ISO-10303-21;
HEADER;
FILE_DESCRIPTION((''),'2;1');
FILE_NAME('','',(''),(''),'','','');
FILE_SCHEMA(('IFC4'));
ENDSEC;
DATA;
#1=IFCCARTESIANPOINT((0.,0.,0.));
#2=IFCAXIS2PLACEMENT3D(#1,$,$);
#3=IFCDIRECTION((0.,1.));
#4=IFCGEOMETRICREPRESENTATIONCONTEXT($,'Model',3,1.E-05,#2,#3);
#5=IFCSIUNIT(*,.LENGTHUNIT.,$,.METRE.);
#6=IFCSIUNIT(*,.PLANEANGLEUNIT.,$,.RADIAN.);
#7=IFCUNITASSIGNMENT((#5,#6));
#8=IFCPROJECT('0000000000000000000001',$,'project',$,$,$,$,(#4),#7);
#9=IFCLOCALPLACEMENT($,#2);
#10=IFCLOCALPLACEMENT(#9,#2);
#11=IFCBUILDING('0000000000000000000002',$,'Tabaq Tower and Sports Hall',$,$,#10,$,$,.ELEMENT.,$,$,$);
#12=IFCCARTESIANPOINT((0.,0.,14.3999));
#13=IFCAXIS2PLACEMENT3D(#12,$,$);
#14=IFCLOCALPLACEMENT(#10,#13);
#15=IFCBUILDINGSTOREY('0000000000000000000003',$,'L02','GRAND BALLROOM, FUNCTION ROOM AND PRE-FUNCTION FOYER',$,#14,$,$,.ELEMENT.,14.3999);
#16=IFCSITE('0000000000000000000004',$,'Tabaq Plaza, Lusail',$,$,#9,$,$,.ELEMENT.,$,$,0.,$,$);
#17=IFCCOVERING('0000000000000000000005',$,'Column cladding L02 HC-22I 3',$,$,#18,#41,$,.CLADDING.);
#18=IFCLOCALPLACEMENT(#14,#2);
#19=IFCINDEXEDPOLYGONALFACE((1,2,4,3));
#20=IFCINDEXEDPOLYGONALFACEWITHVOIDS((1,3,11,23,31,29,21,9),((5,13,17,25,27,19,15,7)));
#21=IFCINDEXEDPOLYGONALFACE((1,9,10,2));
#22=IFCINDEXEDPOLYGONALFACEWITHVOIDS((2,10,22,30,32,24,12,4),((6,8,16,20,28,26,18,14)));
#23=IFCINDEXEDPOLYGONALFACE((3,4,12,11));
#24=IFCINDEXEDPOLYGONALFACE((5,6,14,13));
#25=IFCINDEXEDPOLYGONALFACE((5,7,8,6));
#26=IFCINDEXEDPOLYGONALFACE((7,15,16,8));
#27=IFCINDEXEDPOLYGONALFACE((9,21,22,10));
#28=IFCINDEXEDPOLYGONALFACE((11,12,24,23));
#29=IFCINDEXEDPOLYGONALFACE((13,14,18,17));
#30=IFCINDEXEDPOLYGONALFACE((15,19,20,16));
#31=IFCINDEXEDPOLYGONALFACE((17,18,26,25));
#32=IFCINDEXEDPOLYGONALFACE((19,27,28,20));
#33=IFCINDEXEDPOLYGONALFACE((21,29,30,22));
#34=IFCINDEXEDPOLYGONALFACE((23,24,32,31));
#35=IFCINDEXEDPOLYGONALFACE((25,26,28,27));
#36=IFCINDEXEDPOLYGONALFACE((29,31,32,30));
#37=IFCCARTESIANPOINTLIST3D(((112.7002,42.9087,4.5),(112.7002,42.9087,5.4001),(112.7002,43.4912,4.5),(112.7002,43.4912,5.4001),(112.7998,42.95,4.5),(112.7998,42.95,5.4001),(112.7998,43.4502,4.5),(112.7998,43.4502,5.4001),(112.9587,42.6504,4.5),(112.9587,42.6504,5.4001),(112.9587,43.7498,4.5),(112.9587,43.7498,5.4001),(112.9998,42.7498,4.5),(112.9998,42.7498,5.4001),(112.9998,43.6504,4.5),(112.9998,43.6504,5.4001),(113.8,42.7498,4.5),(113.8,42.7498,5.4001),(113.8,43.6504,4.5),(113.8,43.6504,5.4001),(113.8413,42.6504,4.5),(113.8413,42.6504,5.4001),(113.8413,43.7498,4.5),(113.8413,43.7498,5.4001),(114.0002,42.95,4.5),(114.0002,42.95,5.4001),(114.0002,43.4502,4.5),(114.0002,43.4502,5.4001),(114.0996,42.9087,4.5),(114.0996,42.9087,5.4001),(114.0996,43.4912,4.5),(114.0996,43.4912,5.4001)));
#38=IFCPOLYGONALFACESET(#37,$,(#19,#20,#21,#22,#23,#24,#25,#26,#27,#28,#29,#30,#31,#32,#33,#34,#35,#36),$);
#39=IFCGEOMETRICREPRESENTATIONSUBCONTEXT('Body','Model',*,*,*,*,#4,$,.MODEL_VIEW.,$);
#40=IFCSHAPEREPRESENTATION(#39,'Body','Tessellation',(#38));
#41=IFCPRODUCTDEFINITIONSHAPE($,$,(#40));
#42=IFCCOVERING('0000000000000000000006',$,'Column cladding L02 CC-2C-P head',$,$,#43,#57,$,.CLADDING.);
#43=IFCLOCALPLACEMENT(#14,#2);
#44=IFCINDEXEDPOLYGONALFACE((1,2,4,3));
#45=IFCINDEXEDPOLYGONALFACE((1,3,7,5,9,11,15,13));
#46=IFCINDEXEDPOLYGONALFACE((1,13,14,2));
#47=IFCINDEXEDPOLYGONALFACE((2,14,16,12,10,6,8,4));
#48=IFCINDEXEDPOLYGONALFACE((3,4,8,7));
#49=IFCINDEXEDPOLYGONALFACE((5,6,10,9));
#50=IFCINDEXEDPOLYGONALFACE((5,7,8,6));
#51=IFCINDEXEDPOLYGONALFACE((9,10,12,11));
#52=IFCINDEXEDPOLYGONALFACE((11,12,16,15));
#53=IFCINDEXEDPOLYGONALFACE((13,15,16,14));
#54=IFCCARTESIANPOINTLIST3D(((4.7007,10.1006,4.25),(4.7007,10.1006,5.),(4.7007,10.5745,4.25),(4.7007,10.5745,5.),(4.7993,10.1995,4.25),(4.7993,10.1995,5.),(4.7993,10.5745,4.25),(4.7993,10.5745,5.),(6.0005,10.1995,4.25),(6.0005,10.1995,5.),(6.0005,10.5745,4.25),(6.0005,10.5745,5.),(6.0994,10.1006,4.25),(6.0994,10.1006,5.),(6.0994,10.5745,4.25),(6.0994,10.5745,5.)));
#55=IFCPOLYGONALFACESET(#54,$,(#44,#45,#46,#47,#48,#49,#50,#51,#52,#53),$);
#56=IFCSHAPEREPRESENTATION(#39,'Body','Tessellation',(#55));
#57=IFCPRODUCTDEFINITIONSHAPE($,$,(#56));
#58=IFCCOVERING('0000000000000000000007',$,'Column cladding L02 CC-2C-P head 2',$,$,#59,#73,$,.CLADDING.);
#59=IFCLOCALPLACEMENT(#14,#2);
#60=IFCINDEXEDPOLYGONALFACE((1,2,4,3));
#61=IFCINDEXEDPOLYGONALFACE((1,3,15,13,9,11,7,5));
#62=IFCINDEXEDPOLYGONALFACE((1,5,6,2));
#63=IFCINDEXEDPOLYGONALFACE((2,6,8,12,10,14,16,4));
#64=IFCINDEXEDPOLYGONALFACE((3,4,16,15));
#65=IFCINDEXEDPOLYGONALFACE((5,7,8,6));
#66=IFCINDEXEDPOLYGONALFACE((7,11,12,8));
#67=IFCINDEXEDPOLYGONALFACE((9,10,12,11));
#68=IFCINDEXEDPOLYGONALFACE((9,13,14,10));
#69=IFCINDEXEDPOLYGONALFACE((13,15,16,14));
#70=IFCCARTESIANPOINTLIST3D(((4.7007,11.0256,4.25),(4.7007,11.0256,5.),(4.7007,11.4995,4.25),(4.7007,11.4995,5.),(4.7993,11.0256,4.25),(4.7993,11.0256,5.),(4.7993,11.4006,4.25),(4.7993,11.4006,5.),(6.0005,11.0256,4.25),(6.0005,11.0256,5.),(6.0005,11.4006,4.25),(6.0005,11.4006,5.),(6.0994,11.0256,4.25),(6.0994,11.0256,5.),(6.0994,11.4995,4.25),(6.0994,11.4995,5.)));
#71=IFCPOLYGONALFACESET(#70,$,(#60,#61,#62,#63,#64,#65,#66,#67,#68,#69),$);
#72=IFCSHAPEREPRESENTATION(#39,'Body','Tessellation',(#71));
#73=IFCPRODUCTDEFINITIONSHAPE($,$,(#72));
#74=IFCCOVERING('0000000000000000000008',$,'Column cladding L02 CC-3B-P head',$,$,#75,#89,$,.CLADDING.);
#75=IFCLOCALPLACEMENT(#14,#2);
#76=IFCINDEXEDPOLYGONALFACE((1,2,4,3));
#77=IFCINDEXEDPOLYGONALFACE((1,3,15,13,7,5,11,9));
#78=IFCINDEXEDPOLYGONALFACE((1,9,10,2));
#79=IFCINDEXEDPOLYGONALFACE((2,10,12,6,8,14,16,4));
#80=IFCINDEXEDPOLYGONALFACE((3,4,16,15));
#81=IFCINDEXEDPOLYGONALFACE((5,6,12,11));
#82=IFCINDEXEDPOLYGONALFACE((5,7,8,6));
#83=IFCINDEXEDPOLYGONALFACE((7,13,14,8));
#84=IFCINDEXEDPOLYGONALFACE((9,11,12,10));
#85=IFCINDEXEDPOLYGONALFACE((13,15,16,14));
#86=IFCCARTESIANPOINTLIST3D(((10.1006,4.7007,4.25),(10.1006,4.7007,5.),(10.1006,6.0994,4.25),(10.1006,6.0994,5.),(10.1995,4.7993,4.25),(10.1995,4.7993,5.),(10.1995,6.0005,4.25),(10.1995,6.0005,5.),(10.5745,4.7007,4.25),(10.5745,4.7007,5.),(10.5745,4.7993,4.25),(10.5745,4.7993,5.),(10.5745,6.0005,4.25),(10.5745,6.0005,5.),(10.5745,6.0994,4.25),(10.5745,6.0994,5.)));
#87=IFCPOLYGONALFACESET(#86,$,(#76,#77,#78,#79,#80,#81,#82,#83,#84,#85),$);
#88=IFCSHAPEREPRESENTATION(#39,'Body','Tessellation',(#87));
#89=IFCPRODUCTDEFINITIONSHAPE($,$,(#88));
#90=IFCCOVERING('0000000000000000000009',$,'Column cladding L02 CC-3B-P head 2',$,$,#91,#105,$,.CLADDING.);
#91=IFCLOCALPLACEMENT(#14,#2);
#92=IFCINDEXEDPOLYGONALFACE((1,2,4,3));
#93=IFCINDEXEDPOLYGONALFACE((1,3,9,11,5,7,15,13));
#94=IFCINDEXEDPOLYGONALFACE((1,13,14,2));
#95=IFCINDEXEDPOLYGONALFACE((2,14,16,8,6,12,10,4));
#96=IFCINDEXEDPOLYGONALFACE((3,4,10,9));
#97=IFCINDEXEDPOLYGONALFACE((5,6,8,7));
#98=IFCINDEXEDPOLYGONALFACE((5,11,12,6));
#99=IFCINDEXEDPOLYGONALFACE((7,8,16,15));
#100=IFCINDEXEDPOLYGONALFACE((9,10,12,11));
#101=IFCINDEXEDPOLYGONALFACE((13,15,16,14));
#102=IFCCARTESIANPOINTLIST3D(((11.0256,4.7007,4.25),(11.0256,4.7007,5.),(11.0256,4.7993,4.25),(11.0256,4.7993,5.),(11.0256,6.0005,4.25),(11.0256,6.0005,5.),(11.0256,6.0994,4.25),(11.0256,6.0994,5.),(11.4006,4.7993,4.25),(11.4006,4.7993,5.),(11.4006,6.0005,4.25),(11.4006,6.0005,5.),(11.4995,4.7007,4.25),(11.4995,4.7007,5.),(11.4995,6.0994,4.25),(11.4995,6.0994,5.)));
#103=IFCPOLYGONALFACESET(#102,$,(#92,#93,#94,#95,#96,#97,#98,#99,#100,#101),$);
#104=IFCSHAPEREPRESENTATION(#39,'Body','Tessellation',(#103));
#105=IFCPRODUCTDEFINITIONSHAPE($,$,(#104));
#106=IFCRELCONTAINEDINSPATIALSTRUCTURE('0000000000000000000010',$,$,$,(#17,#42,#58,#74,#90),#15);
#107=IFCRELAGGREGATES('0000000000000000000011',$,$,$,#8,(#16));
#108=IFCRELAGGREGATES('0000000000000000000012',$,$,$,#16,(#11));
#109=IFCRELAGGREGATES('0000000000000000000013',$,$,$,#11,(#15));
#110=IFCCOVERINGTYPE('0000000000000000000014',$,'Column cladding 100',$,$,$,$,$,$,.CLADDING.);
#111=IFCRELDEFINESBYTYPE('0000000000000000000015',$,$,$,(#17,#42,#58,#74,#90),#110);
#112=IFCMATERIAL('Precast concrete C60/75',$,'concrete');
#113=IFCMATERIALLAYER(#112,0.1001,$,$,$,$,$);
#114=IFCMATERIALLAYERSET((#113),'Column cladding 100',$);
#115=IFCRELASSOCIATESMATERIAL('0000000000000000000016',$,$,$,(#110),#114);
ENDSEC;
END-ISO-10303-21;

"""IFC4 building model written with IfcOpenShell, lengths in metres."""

from ifc_helpers import new_model, si_unit, direction, frame, origin, place, context, subcontext, project, spatial, polyline, outline, extrude, material, layer, layer_set, type_object, element, save


model = new_model("IFC4")

# Units and contexts
model_context = context("Model", 3, precision=1e-05, world=origin(), true_north=direction((0.0, 1.0)))
body_context = subcontext(model_context, "Body", "Model", "MODEL_VIEW")
ifc_project = project(units=[si_unit("LENGTHUNIT", "METRE"), si_unit("PLANEANGLEUNIT", "RADIAN")], contexts=[model_context])

# Site, building, storey
site_placement = place(None, origin())
site = spatial("IfcSite", under=ifc_project, at=site_placement, Name="Tabaq Plaza, Lusail", CompositionType="ELEMENT", RefElevation=0.0)
building_placement = place(site_placement, origin())
building = spatial("IfcBuilding", under=site, at=building_placement, Name="Tabaq Tower and Sports Hall", CompositionType="ELEMENT")
storey_placement = place(building_placement, frame((0.0, 0.0, 14.3999)))
storey = spatial("IfcBuildingStorey", under=building, at=storey_placement, Name="L02", Description="GRAND BALLROOM, FUNCTION ROOM AND PRE-FUNCTION FOYER", CompositionType="ELEMENT", Elevation=14.3999)

# Coverings
ifc_material_1 = material(Name="Precast concrete C60/75", Category="concrete")
ifc_layer_1 = layer(ifc_material_1, 0.1001)
ifc_layer_set_1 = layer_set([ifc_layer_1], Name="Column cladding 100")
covering_type = type_object("IfcCoveringType", Name="Column cladding 100", PredefinedType="CLADDING", material=ifc_layer_set_1)
covering_1_placement = place(storey_placement, frame((0.0, 0.0, 4.5)))
element("IfcCovering", 1, at=covering_1_placement, inside=storey, type_object=covering_type, Name="Column cladding L02 HC-22I 3", PredefinedType="CLADDING", context=body_context, shape_type="SweptSolid", body=[
    extrude(outline(polyline([(112.7002, 42.9087), (112.7002, 43.4912), (112.9587, 43.7498), (113.8413, 43.7498), (114.0996, 43.4912), (114.0996, 42.9087), (113.8413, 42.6504), (112.9587, 42.6504), (112.7002, 42.9087)]), holes=[polyline([(113.8, 42.7498), (114.0002, 42.95), (114.0002, 43.4502), (113.8, 43.6504), (112.9998, 43.6504), (112.7998, 43.4502), (112.7998, 42.95), (112.9998, 42.7498), (113.8, 42.7498)])]), origin(), (0.0, 0.0, 1.0), 0.9001),
])
covering_2_placement = place(storey_placement, frame((0.0, 0.0, 4.25)))
element("IfcCovering", 2, at=covering_2_placement, inside=storey, type_object=covering_type, Name="Column cladding L02 CC-2C-P head", PredefinedType="CLADDING", context=body_context, shape_type="SweptSolid", body=[
    extrude(outline(polyline([(4.7993, 10.5745), (4.7993, 10.1995), (6.0005, 10.1995), (6.0005, 10.5745), (6.0994, 10.5745), (6.0994, 10.1006), (4.7007, 10.1006), (4.7007, 10.5745), (4.7993, 10.5745)])), origin(), (0.0, 0.0, 1.0), 0.75),
])
covering_3_placement = place(storey_placement, frame((0.0, 0.0, 4.25)))
element("IfcCovering", 3, at=covering_3_placement, inside=storey, type_object=covering_type, Name="Column cladding L02 CC-2C-P head 2", PredefinedType="CLADDING", context=body_context, shape_type="SweptSolid", body=[
    extrude(outline(polyline([(4.7993, 11.0256), (4.7007, 11.0256), (4.7007, 11.4995), (6.0994, 11.4995), (6.0994, 11.0256), (6.0005, 11.0256), (6.0005, 11.4006), (4.7993, 11.4006), (4.7993, 11.0256)])), origin(), (0.0, 0.0, 1.0), 0.75),
])
covering_4_placement = place(storey_placement, frame((0.0, 0.0, 4.25)))
element("IfcCovering", 4, at=covering_4_placement, inside=storey, type_object=covering_type, Name="Column cladding L02 CC-3B-P head", PredefinedType="CLADDING", context=body_context, shape_type="SweptSolid", body=[
    extrude(outline(polyline([(10.5745, 4.7993), (10.5745, 4.7007), (10.1006, 4.7007), (10.1006, 6.0994), (10.5745, 6.0994), (10.5745, 6.0005), (10.1995, 6.0005), (10.1995, 4.7993), (10.5745, 4.7993)])), origin(), (0.0, 0.0, 1.0), 0.75),
])
covering_5_placement = place(storey_placement, frame((0.0, 0.0, 4.25)))
element("IfcCovering", 5, at=covering_5_placement, inside=storey, type_object=covering_type, Name="Column cladding L02 CC-3B-P head 2", PredefinedType="CLADDING", context=body_context, shape_type="SweptSolid", body=[
    extrude(outline(polyline([(11.0256, 4.7993), (11.4006, 4.7993), (11.4006, 6.0005), (11.0256, 6.0005), (11.0256, 6.0994), (11.4995, 6.0994), (11.4995, 4.7007), (11.0256, 4.7007), (11.0256, 4.7993)])), origin(), (0.0, 0.0, 1.0), 0.75),
])

save(model, "model.ifc")
